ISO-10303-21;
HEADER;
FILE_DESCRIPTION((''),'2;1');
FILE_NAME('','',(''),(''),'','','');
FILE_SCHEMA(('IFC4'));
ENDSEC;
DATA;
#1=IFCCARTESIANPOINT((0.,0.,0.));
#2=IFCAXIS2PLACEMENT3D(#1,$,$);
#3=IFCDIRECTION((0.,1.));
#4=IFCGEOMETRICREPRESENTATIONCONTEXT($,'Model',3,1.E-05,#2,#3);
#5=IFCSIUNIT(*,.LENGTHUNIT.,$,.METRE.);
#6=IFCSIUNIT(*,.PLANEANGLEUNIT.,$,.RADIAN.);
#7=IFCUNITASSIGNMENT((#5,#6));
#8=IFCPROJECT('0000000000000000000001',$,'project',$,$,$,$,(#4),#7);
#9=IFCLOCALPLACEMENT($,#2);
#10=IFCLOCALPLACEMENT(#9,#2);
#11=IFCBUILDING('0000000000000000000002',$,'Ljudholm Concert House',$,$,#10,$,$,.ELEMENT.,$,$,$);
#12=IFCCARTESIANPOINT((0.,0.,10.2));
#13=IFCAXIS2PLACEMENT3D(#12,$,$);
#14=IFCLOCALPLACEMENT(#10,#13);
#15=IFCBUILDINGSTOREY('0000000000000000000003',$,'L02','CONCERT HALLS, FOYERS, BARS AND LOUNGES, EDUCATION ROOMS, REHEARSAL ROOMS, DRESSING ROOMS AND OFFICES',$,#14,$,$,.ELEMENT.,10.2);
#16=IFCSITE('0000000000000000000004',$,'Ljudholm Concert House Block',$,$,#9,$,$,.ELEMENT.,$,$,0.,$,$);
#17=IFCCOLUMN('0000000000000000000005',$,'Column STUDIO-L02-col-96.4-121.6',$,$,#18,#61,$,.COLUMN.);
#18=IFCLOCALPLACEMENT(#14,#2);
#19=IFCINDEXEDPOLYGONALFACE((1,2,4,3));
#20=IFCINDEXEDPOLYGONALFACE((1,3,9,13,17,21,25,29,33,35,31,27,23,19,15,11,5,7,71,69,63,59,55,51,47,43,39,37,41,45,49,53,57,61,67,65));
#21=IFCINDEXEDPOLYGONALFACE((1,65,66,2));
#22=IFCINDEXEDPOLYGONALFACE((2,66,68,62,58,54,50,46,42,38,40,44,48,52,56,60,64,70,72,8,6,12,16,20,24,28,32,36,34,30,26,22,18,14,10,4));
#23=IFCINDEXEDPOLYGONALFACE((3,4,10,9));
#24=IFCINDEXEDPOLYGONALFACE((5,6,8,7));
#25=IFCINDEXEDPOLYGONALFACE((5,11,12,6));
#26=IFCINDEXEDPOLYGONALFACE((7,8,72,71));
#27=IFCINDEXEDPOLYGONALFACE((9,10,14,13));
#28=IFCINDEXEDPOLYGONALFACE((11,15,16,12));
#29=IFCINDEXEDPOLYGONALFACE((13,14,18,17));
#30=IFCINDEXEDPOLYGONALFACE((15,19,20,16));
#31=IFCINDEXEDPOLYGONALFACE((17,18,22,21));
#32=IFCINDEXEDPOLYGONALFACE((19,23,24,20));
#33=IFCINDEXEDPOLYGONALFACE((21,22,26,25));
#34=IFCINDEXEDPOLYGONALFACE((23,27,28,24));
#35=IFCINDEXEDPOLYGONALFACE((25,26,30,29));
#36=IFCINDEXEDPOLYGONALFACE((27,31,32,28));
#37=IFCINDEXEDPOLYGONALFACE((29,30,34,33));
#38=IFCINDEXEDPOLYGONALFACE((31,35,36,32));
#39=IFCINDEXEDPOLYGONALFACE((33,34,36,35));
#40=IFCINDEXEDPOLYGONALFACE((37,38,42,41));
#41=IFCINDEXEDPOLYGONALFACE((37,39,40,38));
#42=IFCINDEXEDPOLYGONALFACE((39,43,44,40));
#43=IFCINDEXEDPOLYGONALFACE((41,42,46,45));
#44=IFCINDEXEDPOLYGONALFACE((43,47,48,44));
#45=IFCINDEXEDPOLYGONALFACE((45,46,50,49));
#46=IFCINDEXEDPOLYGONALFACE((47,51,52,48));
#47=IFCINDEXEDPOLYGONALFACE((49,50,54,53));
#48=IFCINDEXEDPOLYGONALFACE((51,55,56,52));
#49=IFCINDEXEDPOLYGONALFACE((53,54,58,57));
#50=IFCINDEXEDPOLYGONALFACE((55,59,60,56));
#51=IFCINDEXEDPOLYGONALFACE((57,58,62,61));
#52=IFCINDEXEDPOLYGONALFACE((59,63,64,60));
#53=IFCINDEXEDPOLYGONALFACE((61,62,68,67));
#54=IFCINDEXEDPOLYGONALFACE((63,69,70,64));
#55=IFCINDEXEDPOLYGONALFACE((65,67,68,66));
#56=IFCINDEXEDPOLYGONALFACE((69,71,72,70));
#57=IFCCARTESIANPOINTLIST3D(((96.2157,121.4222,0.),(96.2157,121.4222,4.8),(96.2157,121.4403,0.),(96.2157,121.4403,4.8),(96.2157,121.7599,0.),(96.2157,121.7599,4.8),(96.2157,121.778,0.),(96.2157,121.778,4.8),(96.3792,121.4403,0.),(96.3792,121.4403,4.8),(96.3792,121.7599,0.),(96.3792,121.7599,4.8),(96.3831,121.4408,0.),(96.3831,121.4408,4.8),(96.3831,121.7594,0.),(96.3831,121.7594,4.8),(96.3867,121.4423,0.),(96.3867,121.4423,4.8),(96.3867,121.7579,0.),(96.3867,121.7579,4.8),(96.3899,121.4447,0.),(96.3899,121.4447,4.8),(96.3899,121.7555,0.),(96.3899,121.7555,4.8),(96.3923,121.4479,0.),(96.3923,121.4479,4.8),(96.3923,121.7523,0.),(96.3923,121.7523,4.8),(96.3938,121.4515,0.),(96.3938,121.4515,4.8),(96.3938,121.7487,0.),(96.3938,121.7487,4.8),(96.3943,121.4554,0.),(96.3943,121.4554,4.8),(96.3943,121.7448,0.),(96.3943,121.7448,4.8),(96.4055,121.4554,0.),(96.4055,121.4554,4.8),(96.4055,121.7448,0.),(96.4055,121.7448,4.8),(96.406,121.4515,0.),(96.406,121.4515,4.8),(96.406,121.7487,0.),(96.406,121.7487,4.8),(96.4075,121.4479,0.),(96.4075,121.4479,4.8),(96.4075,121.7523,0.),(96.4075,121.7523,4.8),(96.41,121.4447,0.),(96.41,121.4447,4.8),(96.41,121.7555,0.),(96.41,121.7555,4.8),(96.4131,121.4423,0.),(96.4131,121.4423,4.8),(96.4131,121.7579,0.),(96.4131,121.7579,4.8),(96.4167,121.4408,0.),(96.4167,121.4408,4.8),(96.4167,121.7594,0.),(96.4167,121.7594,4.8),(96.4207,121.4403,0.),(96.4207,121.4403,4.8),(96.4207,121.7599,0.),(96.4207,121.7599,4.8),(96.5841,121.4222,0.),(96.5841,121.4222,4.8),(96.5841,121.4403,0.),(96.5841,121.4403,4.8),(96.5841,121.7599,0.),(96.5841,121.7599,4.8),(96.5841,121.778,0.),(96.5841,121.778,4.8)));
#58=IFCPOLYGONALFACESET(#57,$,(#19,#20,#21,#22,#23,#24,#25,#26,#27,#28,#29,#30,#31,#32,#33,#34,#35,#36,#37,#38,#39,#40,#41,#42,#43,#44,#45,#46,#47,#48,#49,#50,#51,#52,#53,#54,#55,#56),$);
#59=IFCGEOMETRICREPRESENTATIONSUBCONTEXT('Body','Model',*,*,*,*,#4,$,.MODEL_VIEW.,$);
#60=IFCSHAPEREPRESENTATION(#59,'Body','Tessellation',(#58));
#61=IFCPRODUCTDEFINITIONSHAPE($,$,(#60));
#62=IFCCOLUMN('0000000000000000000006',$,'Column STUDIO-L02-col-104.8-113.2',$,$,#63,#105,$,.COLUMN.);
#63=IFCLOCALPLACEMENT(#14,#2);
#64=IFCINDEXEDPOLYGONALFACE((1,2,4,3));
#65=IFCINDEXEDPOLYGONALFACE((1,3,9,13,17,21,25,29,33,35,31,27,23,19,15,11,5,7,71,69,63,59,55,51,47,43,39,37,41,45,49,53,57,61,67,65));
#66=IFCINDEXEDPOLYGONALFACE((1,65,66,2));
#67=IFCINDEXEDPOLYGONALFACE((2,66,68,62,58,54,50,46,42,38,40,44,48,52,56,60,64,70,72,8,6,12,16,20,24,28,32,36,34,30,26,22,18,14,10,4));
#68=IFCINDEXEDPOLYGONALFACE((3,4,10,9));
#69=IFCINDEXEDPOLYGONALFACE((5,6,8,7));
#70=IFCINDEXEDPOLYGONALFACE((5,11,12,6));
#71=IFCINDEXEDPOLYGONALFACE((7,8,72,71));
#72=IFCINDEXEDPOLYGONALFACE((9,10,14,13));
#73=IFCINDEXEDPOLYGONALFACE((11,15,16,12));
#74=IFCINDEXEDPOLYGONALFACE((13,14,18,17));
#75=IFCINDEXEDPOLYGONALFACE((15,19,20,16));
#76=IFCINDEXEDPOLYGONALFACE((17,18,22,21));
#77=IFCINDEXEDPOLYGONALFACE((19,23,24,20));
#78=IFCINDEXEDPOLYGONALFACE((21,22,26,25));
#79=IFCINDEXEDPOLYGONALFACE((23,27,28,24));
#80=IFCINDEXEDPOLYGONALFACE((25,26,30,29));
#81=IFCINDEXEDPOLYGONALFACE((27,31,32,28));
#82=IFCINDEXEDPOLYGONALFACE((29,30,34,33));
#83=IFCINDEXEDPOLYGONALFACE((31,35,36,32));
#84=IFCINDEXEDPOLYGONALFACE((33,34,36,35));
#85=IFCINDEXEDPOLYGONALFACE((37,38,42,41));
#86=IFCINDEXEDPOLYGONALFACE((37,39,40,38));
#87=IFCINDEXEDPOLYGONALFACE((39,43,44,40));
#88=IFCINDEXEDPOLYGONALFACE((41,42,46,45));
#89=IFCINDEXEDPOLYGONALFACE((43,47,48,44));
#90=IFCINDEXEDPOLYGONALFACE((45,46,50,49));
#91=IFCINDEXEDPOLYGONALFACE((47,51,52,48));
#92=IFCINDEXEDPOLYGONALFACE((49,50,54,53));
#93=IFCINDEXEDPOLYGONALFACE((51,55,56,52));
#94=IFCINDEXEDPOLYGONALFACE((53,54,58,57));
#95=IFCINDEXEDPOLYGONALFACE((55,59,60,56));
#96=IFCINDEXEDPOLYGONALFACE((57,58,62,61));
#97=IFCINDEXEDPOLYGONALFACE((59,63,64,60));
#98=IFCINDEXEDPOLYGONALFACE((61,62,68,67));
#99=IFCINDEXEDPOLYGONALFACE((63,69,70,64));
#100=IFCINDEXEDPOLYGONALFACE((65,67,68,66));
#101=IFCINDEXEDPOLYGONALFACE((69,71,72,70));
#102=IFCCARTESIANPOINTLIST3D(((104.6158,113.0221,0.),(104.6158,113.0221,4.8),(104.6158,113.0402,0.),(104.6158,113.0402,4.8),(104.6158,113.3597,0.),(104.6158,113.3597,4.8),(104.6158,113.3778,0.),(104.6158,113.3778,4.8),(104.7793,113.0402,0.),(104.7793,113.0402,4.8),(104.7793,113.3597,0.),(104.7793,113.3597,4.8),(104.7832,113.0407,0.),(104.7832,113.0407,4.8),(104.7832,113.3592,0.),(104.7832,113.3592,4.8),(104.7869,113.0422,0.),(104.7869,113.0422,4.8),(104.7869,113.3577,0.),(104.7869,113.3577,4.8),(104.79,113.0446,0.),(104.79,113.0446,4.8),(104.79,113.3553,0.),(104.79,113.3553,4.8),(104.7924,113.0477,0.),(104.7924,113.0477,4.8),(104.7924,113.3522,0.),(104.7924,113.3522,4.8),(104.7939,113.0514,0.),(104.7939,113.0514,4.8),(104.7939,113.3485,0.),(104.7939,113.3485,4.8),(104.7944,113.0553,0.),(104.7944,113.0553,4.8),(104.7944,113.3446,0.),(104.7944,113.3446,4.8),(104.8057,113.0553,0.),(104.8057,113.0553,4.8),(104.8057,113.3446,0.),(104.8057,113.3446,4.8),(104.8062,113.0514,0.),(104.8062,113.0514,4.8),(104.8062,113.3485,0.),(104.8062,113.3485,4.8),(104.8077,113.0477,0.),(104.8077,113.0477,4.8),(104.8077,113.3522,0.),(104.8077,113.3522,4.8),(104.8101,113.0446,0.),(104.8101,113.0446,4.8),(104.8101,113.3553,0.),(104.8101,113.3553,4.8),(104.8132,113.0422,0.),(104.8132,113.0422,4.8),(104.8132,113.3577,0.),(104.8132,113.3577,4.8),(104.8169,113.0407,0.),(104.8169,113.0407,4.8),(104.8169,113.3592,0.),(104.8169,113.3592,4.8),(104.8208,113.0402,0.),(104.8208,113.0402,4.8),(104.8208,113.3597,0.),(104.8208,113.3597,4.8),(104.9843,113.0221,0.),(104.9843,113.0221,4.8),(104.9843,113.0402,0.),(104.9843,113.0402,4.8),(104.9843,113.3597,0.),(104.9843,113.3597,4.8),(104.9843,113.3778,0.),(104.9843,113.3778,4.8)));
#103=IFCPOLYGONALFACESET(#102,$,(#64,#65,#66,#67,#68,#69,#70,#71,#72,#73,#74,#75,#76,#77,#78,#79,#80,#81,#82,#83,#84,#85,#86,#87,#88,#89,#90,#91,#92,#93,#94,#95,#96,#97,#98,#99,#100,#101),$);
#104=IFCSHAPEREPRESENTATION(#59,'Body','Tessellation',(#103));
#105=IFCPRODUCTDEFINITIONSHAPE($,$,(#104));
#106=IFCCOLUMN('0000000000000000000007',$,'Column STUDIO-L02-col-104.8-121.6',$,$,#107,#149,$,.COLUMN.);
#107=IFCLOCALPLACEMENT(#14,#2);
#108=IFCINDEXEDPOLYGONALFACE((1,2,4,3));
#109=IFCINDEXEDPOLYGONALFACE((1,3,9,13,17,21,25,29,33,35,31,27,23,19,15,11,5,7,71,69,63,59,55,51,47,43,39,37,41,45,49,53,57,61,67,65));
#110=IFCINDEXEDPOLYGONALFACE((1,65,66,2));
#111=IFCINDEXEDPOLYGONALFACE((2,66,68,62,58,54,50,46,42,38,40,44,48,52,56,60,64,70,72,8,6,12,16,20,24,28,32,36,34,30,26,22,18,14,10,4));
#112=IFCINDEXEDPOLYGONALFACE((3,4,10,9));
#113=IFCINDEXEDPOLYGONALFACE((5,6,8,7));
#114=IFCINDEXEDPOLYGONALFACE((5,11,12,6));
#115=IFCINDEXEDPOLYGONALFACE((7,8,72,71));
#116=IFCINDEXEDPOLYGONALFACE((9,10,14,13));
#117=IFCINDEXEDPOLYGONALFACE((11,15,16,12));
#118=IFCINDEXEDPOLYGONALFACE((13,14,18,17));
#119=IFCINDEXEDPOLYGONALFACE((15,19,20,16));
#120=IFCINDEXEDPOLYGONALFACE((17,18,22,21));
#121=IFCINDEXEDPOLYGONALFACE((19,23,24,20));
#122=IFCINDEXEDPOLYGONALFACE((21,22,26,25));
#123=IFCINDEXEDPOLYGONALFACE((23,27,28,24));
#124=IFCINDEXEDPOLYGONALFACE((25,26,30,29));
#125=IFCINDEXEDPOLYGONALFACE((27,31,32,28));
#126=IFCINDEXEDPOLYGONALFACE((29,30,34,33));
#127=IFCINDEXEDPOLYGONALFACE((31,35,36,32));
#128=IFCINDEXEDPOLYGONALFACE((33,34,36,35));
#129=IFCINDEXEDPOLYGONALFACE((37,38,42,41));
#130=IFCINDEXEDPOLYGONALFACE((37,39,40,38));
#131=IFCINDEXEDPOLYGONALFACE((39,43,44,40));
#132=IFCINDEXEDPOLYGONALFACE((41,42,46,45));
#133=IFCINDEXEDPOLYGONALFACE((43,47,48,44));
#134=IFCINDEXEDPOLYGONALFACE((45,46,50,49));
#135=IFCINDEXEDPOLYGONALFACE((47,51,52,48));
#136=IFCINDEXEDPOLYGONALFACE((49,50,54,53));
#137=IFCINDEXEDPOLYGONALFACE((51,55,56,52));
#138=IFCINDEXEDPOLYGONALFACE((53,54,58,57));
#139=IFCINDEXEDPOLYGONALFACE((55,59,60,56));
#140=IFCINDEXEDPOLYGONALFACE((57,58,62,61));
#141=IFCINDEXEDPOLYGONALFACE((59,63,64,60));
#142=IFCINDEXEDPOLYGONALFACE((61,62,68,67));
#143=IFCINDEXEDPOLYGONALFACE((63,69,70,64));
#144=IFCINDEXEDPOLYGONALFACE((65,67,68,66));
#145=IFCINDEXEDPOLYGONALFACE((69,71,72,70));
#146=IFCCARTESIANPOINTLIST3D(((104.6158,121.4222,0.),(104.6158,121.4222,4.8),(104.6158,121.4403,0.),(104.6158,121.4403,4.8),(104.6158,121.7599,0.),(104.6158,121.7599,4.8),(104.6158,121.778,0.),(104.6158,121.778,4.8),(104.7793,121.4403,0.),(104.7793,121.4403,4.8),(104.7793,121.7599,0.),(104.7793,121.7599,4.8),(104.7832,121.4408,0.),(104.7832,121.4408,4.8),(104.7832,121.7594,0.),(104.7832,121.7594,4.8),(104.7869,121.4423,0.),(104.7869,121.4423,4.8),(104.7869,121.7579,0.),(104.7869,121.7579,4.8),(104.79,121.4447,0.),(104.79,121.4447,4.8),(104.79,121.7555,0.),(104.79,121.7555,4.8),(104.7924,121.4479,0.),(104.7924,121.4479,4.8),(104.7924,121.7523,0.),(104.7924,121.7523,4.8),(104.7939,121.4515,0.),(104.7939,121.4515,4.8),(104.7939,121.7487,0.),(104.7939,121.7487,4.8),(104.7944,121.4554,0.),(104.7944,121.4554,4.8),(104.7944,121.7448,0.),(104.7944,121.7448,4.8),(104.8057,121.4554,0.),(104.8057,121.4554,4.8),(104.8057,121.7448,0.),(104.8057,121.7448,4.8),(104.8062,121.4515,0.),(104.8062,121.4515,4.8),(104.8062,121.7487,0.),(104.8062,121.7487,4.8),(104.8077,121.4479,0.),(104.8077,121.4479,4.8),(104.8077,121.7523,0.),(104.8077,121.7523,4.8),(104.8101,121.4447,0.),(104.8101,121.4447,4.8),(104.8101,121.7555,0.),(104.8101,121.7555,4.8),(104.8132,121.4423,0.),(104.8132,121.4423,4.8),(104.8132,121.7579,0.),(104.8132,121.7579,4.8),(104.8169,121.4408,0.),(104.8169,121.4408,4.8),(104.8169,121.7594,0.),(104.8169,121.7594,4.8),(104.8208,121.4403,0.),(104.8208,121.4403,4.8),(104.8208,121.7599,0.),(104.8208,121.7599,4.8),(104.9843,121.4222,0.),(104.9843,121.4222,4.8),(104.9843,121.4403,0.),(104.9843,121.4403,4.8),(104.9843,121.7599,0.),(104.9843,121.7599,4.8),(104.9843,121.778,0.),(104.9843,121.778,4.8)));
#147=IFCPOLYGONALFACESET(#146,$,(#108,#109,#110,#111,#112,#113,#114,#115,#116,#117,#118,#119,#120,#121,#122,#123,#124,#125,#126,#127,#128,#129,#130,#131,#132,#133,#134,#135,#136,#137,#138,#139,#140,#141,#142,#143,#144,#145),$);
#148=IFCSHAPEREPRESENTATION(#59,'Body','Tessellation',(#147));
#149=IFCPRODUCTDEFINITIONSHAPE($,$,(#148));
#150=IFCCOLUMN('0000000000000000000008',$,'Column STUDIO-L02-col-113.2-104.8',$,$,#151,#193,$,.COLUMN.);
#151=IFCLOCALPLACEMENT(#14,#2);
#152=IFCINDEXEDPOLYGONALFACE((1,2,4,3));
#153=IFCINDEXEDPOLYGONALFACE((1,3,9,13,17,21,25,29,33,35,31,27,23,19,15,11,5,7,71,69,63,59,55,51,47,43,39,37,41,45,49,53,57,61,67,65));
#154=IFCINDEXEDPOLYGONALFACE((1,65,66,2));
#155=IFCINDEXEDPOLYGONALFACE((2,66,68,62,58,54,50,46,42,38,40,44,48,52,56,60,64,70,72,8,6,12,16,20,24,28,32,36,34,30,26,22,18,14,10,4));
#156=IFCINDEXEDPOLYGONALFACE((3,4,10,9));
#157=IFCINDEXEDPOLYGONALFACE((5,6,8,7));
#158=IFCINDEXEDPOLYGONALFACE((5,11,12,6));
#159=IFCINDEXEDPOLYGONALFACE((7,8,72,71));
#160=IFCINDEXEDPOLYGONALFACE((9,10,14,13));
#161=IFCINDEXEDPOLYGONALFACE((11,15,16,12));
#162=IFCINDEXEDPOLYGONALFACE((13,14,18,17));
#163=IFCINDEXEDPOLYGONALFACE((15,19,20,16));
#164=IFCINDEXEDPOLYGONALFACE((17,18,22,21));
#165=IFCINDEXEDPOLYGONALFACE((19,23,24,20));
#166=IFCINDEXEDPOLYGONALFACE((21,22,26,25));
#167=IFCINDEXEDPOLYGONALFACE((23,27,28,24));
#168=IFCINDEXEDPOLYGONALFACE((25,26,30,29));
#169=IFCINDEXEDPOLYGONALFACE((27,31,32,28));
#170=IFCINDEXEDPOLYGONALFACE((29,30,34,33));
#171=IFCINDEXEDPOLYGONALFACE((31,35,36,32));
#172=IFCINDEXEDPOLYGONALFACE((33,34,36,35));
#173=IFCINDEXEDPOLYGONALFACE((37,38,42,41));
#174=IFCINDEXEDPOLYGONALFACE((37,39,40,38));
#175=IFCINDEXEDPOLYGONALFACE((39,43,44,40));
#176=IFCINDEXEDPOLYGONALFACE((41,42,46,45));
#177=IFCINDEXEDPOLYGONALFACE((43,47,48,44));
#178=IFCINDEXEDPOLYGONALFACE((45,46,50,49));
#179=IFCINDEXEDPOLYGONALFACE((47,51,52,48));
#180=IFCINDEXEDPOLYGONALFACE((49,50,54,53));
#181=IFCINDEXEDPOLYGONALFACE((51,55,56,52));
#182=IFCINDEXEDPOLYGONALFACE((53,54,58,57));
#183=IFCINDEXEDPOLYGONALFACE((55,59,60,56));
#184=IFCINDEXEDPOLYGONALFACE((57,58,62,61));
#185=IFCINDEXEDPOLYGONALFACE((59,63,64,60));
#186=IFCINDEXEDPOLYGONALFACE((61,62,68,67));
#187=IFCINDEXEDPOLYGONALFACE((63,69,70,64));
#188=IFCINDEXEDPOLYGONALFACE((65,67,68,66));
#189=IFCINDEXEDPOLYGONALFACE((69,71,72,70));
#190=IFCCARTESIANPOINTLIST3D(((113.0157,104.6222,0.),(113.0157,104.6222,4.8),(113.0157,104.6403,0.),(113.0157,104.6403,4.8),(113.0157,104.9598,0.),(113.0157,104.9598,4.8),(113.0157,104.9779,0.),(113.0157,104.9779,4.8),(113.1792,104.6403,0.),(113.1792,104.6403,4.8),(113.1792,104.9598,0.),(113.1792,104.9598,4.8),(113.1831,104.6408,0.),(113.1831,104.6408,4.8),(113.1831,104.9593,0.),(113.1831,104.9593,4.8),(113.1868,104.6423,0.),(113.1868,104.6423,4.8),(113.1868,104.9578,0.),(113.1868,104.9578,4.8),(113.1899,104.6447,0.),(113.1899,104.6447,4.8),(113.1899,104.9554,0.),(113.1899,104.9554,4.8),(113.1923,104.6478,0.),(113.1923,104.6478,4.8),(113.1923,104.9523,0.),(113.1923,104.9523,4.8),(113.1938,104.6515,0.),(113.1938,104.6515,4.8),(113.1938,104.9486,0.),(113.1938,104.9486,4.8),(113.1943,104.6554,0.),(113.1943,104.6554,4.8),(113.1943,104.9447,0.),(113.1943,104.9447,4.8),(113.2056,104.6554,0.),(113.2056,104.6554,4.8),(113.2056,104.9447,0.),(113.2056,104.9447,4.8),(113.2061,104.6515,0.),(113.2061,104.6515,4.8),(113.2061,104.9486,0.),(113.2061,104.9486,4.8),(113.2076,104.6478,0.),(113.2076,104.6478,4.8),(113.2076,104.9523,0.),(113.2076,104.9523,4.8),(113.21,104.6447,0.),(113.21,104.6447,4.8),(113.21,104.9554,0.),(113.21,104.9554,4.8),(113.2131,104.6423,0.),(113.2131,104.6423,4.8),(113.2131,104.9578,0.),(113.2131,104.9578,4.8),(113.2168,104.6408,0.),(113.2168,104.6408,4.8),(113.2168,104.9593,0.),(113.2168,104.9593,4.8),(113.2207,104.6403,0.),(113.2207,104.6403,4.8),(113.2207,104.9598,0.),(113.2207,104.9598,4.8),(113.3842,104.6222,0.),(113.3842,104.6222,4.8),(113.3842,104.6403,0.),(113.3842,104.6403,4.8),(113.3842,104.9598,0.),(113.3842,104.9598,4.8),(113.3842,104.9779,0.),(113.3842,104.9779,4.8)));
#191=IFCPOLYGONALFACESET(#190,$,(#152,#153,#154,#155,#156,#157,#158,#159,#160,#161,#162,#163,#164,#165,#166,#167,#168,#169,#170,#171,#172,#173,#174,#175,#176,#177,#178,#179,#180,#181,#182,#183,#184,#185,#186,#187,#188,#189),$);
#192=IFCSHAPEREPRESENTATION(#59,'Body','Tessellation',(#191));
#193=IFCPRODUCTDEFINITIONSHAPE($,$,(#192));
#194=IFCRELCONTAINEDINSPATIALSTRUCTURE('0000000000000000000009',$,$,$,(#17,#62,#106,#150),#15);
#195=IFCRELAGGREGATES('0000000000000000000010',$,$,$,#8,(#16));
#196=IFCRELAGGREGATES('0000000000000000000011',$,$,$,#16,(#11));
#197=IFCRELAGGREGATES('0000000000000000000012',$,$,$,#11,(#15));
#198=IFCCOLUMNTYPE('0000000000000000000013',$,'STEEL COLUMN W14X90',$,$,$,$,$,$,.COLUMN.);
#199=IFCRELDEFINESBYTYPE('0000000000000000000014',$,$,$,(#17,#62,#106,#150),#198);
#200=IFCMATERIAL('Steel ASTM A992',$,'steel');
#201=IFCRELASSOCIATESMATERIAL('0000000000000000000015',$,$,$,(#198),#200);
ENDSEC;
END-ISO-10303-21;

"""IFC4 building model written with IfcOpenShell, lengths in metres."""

from ifc_helpers import new_model, si_unit, direction, frame, origin, origin_2d, place, context, subcontext, project, spatial, i_section, extrude, material, material_profile, profile_set, type_object, element, save


model = new_model("IFC4")

# Units and contexts
model_context = context("Model", 3, precision=1e-05, world=origin(), true_north=direction((0.0, 1.0)))
body_context = subcontext(model_context, "Body", "Model", "MODEL_VIEW")
ifc_project = project(units=[si_unit("LENGTHUNIT", "METRE"), si_unit("PLANEANGLEUNIT", "RADIAN")], contexts=[model_context])

# Site, building, storey
site_placement = place(None, origin())
site = spatial("IfcSite", under=ifc_project, at=site_placement, Name="Ljudholm Concert House Block", CompositionType="ELEMENT", RefElevation=0.0)
building_placement = place(site_placement, origin())
building = spatial("IfcBuilding", under=site, at=building_placement, Name="Ljudholm Concert House", CompositionType="ELEMENT")
storey_placement = place(building_placement, frame((0.0, 0.0, 10.2)))
storey = spatial("IfcBuildingStorey", under=building, at=storey_placement, Name="L02", Description="CONCERT HALLS, FOYERS, BARS AND LOUNGES, EDUCATION ROOMS, REHEARSAL ROOMS, DRESSING ROOMS AND OFFICES", CompositionType="ELEMENT", Elevation=10.2)

# Columns
ifc_material_1 = material(Name="Steel ASTM A992", Category="steel")
ifc_material_profile_1 = material_profile(ifc_material_1, i_section(OverallWidth=0.3684, OverallDepth=0.3557, WebThickness=0.0112, FlangeThickness=0.0181, FilletRadius=0.0151, at=origin_2d()), Name="W14X90")
ifc_profile_set_1 = profile_set([ifc_material_profile_1], Name="Steel ASTM A992")
column_type = type_object("IfcColumnType", Name="STEEL COLUMN W14X90", PredefinedType="COLUMN", material=ifc_profile_set_1)
for number, where, z_axis, x_axis, name in (
    (1, (96.3999, 121.6001, 0.0), (0.0, 0.0, 1.0), (1.0, 0.0, 0.0), "Column STUDIO-L02-col-96.4-121.6"),
    (2, (104.8, 113.2, 0.0), (0.0, 0.0, 1.0), (1.0, 0.0, 0.0), "Column STUDIO-L02-col-104.8-113.2"),
    (3, (104.8, 121.6001, 0.0), (0.0, 0.0, 1.0), (1.0, 0.0, 0.0), "Column STUDIO-L02-col-104.8-121.6"),
    (4, (113.2, 104.8, 0.0), (0.0, 0.0, 1.0), (1.0, 0.0, 0.0), "Column STUDIO-L02-col-113.2-104.8"),
):
    element("IfcColumn", number, at=place(storey_placement, frame(where, z_axis=z_axis, x_axis=x_axis)), inside=storey, type_object=column_type, Name=name, PredefinedType="COLUMN", context=body_context, shape_type="SweptSolid", body=[
        extrude(i_section(OverallWidth=0.3684, OverallDepth=0.3557, WebThickness=0.0112, FlangeThickness=0.0181, FilletRadius=0.0151, at=origin_2d()), origin(), (0.0, 0.0, 1.0), 4.8),
    ])

save(model, "model.ifc")
